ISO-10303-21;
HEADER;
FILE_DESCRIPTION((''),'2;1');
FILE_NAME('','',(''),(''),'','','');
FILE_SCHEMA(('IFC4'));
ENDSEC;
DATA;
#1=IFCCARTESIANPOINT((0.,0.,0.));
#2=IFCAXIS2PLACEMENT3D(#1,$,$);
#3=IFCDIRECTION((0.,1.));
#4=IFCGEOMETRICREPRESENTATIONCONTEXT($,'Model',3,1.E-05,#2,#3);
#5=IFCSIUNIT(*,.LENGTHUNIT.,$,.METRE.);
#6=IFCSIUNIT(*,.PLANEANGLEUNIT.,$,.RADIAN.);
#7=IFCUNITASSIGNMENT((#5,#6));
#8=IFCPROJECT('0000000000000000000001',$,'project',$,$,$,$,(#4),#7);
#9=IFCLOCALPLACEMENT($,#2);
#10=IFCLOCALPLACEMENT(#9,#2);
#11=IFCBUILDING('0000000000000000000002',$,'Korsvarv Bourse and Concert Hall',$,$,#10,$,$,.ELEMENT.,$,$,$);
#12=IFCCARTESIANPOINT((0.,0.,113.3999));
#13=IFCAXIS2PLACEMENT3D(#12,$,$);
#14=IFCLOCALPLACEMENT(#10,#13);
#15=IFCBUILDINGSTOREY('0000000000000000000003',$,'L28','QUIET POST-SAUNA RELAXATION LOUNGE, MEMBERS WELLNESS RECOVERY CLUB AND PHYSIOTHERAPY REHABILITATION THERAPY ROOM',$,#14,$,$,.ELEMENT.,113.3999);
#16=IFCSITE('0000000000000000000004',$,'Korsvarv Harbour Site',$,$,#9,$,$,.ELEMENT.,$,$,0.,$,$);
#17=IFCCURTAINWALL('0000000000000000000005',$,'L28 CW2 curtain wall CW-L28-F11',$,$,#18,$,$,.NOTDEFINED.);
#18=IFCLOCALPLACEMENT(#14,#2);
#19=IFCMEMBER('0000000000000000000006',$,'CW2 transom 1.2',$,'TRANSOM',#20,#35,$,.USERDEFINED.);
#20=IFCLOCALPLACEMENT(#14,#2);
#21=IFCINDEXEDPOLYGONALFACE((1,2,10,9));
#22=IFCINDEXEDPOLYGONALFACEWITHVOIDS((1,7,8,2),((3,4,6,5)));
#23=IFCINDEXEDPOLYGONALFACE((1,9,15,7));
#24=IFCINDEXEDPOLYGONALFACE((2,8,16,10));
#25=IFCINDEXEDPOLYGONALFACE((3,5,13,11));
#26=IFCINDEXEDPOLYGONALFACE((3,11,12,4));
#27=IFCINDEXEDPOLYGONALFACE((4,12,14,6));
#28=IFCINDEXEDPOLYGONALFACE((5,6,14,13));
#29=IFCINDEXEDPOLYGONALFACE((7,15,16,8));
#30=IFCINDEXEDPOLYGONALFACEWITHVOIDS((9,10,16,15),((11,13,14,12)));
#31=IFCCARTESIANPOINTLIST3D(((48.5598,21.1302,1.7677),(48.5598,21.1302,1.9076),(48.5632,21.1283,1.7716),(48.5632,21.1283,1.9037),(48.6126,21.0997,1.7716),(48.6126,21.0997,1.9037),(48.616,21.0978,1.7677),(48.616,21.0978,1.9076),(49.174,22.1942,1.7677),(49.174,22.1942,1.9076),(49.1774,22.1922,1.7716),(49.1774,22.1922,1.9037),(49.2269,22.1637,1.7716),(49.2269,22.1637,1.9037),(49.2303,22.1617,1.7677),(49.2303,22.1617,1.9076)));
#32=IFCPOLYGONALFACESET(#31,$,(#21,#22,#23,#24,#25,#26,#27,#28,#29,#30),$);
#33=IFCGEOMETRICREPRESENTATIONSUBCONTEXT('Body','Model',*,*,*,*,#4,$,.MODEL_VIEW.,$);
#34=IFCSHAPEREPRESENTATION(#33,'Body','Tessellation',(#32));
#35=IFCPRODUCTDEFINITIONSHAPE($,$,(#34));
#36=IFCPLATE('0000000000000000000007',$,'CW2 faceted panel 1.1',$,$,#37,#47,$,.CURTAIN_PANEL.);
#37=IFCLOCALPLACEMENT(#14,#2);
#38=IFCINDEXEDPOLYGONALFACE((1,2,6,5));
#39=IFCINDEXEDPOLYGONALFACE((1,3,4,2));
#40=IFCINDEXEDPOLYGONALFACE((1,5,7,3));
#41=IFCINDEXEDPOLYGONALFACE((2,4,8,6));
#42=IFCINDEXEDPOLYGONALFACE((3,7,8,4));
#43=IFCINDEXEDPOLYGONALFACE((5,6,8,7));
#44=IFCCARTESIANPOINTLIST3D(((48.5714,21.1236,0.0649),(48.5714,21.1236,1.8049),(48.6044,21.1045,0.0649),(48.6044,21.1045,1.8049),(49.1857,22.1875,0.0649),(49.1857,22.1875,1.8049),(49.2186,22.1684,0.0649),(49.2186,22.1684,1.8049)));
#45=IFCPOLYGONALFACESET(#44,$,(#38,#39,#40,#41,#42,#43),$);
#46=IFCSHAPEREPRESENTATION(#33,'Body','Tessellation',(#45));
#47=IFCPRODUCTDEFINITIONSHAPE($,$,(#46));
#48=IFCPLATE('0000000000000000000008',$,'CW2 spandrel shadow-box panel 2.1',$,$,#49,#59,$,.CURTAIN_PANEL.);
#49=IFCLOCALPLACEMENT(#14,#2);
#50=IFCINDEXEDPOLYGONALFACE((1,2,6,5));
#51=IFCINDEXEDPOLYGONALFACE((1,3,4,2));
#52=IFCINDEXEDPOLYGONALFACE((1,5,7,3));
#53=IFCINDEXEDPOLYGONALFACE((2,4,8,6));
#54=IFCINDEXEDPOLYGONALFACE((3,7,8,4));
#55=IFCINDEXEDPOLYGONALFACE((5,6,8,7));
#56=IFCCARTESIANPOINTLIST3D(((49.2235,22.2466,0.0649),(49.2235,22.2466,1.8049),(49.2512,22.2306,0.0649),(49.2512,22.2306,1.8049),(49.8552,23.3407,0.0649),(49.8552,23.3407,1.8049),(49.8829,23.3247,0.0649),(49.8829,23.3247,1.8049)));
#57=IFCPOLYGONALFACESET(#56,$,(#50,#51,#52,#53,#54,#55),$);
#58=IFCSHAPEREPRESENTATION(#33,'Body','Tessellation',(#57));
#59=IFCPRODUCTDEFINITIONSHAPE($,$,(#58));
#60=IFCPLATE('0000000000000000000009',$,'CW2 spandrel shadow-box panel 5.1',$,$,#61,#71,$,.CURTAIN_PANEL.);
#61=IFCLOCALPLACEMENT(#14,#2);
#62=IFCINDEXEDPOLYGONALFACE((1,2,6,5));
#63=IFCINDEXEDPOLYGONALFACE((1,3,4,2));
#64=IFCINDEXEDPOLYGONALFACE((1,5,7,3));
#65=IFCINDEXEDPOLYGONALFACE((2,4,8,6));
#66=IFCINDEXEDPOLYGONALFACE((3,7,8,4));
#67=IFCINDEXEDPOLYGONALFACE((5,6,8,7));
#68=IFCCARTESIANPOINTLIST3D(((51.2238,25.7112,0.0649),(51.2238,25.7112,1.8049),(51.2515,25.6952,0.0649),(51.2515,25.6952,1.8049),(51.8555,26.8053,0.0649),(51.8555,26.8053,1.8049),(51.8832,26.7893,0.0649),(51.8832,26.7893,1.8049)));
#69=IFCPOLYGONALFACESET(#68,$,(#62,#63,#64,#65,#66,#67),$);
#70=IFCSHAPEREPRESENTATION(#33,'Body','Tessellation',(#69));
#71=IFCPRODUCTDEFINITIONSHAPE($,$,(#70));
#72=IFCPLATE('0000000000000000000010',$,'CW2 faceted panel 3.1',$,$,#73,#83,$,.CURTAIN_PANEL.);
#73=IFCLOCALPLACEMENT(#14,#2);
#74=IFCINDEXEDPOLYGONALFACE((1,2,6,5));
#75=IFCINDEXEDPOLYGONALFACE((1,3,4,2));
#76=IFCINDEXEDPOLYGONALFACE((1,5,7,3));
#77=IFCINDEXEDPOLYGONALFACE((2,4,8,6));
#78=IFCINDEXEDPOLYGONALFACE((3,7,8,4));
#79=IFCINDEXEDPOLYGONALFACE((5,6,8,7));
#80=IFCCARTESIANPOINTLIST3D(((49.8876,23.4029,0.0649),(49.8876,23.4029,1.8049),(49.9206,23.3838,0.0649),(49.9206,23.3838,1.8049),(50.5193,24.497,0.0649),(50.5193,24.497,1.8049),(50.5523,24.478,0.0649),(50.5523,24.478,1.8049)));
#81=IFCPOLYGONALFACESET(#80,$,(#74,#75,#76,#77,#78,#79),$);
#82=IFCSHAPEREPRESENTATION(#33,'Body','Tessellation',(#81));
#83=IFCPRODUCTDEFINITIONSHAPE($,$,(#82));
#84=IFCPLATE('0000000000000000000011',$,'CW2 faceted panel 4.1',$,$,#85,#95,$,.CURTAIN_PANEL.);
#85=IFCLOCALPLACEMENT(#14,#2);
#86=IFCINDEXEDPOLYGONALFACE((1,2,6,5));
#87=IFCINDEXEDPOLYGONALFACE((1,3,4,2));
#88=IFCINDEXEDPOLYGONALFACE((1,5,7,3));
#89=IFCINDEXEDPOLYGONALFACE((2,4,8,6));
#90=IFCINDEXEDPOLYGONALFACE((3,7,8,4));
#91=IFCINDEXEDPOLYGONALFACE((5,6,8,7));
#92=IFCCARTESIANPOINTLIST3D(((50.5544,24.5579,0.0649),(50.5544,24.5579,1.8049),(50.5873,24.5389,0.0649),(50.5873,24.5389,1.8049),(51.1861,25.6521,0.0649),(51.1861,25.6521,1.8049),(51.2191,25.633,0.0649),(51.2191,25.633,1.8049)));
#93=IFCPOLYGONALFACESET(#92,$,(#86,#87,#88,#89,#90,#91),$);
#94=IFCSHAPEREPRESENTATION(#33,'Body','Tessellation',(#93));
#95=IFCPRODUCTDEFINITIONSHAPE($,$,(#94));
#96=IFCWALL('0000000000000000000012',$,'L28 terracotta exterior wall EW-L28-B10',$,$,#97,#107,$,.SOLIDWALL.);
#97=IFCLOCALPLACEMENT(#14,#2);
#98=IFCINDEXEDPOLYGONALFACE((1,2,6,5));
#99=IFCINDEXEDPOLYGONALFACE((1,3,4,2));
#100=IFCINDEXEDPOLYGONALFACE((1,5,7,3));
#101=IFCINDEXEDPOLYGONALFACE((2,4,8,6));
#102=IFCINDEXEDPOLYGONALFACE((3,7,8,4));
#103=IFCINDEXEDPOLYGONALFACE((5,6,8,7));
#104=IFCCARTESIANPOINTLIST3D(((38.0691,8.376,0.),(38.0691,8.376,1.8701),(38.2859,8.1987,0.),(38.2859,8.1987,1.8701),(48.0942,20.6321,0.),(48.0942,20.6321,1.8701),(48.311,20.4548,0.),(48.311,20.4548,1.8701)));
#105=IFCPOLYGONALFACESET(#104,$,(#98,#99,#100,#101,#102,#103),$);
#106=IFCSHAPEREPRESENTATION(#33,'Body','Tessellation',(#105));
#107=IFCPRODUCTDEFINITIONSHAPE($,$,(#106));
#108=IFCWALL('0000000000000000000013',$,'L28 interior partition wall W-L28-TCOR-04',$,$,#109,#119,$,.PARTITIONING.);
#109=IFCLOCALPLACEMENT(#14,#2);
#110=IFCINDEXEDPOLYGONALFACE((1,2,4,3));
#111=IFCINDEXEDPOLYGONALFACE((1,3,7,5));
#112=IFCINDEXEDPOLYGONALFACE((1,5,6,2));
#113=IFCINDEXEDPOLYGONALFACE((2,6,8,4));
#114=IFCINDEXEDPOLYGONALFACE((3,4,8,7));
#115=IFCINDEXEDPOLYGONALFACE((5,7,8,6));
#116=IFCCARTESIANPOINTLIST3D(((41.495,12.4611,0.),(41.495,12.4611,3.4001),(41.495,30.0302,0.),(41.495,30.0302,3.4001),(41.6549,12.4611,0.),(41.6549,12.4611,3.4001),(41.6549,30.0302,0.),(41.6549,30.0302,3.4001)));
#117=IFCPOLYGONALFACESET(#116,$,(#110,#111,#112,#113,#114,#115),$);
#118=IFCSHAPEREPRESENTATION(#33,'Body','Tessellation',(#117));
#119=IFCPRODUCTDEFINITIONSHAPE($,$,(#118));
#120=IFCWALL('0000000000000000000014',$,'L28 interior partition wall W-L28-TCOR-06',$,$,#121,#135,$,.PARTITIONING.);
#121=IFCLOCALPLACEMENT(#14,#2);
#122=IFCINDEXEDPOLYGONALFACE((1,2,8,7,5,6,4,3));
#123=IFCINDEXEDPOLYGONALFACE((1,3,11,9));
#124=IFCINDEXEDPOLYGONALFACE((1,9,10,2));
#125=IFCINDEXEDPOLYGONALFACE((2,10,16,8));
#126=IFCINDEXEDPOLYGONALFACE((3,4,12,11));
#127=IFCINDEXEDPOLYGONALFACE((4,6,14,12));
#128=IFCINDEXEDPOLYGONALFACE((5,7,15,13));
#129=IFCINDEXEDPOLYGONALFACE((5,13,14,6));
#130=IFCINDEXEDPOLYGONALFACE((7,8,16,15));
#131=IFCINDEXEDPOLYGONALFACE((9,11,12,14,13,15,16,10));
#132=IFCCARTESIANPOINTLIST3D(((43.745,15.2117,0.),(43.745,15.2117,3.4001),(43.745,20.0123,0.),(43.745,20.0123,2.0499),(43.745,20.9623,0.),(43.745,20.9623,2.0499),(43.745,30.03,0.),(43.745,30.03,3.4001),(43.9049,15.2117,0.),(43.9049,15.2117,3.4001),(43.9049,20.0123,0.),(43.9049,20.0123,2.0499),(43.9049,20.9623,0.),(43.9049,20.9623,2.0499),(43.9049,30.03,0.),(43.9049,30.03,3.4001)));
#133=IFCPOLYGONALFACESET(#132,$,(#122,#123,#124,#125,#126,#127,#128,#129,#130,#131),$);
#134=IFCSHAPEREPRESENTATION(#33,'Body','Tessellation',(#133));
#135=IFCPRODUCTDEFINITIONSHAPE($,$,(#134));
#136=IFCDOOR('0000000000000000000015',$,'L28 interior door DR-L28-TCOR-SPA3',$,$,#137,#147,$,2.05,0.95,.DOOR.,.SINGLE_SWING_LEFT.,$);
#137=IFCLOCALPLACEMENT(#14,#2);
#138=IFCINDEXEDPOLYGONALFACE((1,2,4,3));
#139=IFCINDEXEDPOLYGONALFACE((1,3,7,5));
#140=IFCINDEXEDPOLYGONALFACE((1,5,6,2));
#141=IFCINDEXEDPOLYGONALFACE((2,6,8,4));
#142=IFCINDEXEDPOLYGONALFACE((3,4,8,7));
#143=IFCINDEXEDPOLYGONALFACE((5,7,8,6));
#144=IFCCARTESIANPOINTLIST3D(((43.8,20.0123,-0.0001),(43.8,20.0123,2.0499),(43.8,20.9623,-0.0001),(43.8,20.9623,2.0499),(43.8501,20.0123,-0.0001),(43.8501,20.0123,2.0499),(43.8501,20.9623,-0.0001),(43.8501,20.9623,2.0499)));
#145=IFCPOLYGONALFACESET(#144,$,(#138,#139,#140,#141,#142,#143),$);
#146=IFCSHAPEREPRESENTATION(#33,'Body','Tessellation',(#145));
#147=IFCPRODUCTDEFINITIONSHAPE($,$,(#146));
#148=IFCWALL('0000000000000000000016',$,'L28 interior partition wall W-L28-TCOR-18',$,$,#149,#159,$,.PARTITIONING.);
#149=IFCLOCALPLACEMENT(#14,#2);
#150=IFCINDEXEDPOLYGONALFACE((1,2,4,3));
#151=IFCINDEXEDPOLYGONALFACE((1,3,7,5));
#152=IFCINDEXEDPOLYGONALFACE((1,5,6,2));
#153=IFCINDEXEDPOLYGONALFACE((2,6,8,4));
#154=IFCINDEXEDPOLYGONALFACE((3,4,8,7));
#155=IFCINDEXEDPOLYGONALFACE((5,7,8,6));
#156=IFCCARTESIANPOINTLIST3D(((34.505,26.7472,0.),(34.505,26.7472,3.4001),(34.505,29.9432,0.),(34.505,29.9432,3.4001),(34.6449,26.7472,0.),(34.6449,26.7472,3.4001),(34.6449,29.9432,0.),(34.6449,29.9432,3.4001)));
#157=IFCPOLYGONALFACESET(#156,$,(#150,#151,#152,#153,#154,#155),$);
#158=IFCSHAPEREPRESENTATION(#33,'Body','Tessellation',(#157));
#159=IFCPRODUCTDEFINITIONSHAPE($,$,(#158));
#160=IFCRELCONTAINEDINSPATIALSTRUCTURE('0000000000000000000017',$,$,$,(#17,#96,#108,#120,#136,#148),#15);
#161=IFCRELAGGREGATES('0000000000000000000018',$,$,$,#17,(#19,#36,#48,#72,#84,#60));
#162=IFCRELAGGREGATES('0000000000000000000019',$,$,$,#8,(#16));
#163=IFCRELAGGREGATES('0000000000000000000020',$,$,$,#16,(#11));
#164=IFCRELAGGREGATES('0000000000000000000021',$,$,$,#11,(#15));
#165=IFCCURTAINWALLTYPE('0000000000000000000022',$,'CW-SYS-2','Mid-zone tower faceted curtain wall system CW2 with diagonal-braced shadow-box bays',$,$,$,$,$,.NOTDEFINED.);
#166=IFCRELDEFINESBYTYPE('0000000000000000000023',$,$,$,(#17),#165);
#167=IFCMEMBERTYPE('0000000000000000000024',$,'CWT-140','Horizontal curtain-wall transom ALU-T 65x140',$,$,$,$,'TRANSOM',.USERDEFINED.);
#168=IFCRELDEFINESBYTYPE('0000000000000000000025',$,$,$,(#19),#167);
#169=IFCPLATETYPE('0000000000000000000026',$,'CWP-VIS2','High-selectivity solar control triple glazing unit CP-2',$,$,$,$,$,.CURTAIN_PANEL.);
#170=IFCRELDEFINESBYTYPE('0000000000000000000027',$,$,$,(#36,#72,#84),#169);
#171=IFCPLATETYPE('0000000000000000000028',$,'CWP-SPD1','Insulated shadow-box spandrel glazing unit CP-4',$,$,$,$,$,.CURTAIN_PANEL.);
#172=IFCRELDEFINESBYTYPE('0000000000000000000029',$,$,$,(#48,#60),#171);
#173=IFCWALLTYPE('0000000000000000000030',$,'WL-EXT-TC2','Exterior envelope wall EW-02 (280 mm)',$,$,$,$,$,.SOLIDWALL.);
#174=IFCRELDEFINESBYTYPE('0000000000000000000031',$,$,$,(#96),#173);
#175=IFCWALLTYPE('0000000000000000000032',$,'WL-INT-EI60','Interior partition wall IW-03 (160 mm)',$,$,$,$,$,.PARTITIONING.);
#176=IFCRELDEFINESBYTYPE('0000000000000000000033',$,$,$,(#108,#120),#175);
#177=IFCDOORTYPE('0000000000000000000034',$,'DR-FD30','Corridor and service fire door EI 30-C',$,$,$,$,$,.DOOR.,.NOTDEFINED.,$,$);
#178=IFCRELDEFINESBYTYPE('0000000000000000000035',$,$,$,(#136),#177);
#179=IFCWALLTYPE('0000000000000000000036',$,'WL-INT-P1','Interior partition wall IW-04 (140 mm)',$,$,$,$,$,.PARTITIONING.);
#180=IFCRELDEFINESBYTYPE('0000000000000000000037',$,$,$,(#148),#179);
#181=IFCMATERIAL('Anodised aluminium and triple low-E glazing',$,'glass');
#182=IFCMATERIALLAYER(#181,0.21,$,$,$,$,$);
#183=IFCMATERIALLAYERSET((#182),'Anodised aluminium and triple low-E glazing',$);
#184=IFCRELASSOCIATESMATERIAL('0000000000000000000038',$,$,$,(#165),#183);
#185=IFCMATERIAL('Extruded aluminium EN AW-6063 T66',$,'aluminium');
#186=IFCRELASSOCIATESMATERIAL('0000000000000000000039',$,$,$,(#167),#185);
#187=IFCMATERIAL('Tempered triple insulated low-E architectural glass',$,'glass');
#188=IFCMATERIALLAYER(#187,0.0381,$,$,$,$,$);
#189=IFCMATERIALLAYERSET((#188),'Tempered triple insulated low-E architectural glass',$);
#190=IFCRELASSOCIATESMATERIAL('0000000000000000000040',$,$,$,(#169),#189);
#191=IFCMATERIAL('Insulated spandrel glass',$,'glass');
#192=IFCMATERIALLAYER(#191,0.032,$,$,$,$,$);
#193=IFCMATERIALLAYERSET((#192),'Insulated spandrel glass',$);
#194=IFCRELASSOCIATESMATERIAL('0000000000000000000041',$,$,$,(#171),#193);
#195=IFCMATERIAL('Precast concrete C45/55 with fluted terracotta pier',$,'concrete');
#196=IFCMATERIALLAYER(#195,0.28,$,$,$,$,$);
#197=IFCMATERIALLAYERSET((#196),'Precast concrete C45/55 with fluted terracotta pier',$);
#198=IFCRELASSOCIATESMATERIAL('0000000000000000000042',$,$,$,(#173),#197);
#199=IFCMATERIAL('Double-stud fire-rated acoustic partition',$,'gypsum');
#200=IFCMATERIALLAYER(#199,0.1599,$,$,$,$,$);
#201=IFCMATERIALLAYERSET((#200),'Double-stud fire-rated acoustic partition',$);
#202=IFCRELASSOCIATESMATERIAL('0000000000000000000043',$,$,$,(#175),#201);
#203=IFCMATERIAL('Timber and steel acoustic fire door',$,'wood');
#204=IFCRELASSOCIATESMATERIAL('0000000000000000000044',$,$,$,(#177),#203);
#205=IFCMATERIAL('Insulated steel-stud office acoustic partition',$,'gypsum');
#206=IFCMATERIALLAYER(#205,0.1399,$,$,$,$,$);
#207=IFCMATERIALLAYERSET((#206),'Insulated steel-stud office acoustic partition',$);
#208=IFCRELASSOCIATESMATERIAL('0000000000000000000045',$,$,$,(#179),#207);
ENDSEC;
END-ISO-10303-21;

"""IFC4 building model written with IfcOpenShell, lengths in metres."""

from ifc_helpers import new_model, si_unit, direction, frame, frame_2d, origin, origin_2d, place, context, subcontext, project, spatial, rectangle, hollow_rectangle, extrude, source, transform, mapped, material, layer, layer_set, material_profile, profile_set, type_object, element, fill, aggregate, save


model = new_model("IFC4")

# Units and contexts
model_context = context("Model", 3, precision=1e-05, world=origin(), true_north=direction((0.0, 1.0)))
body_context = subcontext(model_context, "Body", "Model", "MODEL_VIEW")
ifc_project = project(units=[si_unit("LENGTHUNIT", "METRE"), si_unit("PLANEANGLEUNIT", "RADIAN")], contexts=[model_context])

# Site, building, storey
site_placement = place(None, origin())
site = spatial("IfcSite", under=ifc_project, at=site_placement, Name="Korsvarv Harbour Site", CompositionType="ELEMENT", RefElevation=0.0)
building_placement = place(site_placement, origin())
building = spatial("IfcBuilding", under=site, at=building_placement, Name="Korsvarv Bourse and Concert Hall", CompositionType="ELEMENT")
storey_placement = place(building_placement, frame((0.0, 0.0, 113.3999)))
storey = spatial("IfcBuildingStorey", under=building, at=storey_placement, Name="L28", Description="QUIET POST-SAUNA RELAXATION LOUNGE, MEMBERS WELLNESS RECOVERY CLUB AND PHYSIOTHERAPY REHABILITATION THERAPY ROOM", CompositionType="ELEMENT", Elevation=113.3999)

# Curtain wall, member, plates
ifc_material_1 = material(Name="Anodised aluminium and triple low-E glazing", Category="glass")
ifc_layer_1 = layer(ifc_material_1, 0.21)
ifc_layer_set_1 = layer_set([ifc_layer_1], Name="Anodised aluminium and triple low-E glazing")
curtain_wall_type = type_object("IfcCurtainWallType", Name="CW-SYS-2", Description="Mid-zone tower faceted curtain wall system CW2 with diagonal-braced shadow-box bays", PredefinedType="NOTDEFINED", material=ifc_layer_set_1)
curtain_wall_placement = place(storey_placement, origin())
curtain_wall = element("IfcCurtainWall", 1, at=curtain_wall_placement, inside=storey, type_object=curtain_wall_type, Name="L28 CW2 curtain wall CW-L28-F11", PredefinedType="NOTDEFINED")
ifc_material_2 = material(Name="Extruded aluminium EN AW-6063 T66", Category="aluminium")
ifc_material_profile_1 = material_profile(ifc_material_2, hollow_rectangle(XDim=0.0649, YDim=0.1399, WallThickness=0.0039, at=origin_2d()), Name="ALU-T 65x140")
ifc_profile_set_1 = profile_set([ifc_material_profile_1], Name="Extruded aluminium EN AW-6063 T66")
member_type_1 = type_object("IfcMemberType", Name="CWT-140", Description="Horizontal curtain-wall transom ALU-T 65x140", ElementType="TRANSOM", PredefinedType="USERDEFINED", material=ifc_profile_set_1)
shared_shape_1 = source(origin(), body_context, "Body", "SweptSolid", [
    extrude(hollow_rectangle(XDim=0.0649, YDim=0.1399, WallThickness=0.0039, at=origin_2d()), origin(), (0.0, 0.0, 1.0), 1.2285),
])
member_1_placement = place(storey_placement, frame((48.5879, 21.114, 1.8376), z_axis=(0.499986, 0.866033, 0.0), x_axis=(-0.866033, 0.499986, 0.0)))
member_1 = element("IfcMember", 2, at=member_1_placement, type_object=member_type_1, Name="CW2 transom 1.2", ObjectType="TRANSOM", PredefinedType="USERDEFINED", context=body_context, shape_type="MappedRepresentation", body=[
    mapped(shared_shape_1, transform((0.0, 0.0, 0.0), scale=1.0)),
])
ifc_material_3 = material(Name="Tempered triple insulated low-E architectural glass", Category="glass")
ifc_layer_2 = layer(ifc_material_3, 0.0381)
ifc_layer_set_2 = layer_set([ifc_layer_2], Name="Tempered triple insulated low-E architectural glass")
plate_type_1 = type_object("IfcPlateType", Name="CWP-VIS2", Description="High-selectivity solar control triple glazing unit CP-2", PredefinedType="CURTAIN_PANEL", material=ifc_layer_set_2)
shared_shape_2 = source(origin(), body_context, "Body", "SweptSolid", [
    extrude(rectangle(XDim=1.2285, YDim=0.0381, at=origin_2d()), origin(), (0.0, 0.0, 1.0), 1.74),
])
plate_1_placement = place(storey_placement, frame((48.895, 21.646, 0.0649), z_axis=(0.0, 0.0, 1.0), x_axis=(0.500006, 0.866022, 0.0)))
plate_1 = element("IfcPlate", 3, at=plate_1_placement, type_object=plate_type_1, Name="CW2 faceted panel 1.1", PredefinedType="CURTAIN_PANEL", context=body_context, shape_type="MappedRepresentation", body=[
    mapped(shared_shape_2, transform((0.0, 0.0, 0.0), scale=1.0)),
])
ifc_material_4 = material(Name="Insulated spandrel glass", Category="glass")
ifc_layer_3 = layer(ifc_material_4, 0.032)
ifc_layer_set_3 = layer_set([ifc_layer_3], Name="Insulated spandrel glass")
plate_type_2 = type_object("IfcPlateType", Name="CWP-SPD1", Description="Insulated shadow-box spandrel glazing unit CP-4", PredefinedType="CURTAIN_PANEL", material=ifc_layer_set_3)
shared_shape_3 = source(origin(), body_context, "Body", "SweptSolid", [
    extrude(rectangle(XDim=1.2634, YDim=0.032, at=origin_2d()), origin(), (0.0, 0.0, 1.0), 1.74),
])
plate_2_placement = place(storey_placement, frame((49.5532, 22.7856, 0.0649), z_axis=(0.0, 0.0, 1.0), x_axis=(0.500006, 0.866022, 0.0)))
plate_2 = element("IfcPlate", 4, at=plate_2_placement, type_object=plate_type_2, Name="CW2 spandrel shadow-box panel 2.1", PredefinedType="CURTAIN_PANEL", context=body_context, shape_type="MappedRepresentation", body=[
    mapped(shared_shape_3, transform((0.0, 0.0, 0.0), scale=1.0)),
])
plate_3_placement = place(storey_placement, frame((51.5535, 26.2502, 0.0649), z_axis=(0.0, 0.0, 1.0), x_axis=(0.500006, 0.866022, 0.0)))
plate_3 = element("IfcPlate", 5, at=plate_3_placement, type_object=plate_type_2, Name="CW2 spandrel shadow-box panel 5.1", PredefinedType="CURTAIN_PANEL", context=body_context, shape_type="MappedRepresentation", body=[
    mapped(shared_shape_3, transform((0.0, 0.0, 0.0), scale=1.0)),
])
shared_shape_4 = source(origin(), body_context, "Body", "SweptSolid", [
    extrude(rectangle(XDim=1.2634, YDim=0.0381, at=origin_2d()), origin(), (0.0, 0.0, 1.0), 1.74),
])
plate_4_placement = place(storey_placement, frame((50.22, 23.9404, 0.0649), z_axis=(0.0, 0.0, 1.0), x_axis=(0.500006, 0.866022, 0.0)))
plate_4 = element("IfcPlate", 6, at=plate_4_placement, type_object=plate_type_1, Name="CW2 faceted panel 3.1", PredefinedType="CURTAIN_PANEL", context=body_context, shape_type="MappedRepresentation", body=[
    mapped(shared_shape_4, transform((0.0, 0.0, 0.0), scale=1.0)),
])
plate_5_placement = place(storey_placement, frame((50.8867, 25.0955, 0.0649), z_axis=(0.0, 0.0, 1.0), x_axis=(0.500006, 0.866022, 0.0)))
plate_5 = element("IfcPlate", 7, at=plate_5_placement, type_object=plate_type_1, Name="CW2 faceted panel 4.1", PredefinedType="CURTAIN_PANEL", context=body_context, shape_type="MappedRepresentation", body=[
    mapped(shared_shape_4, transform((0.0, 0.0, 0.0), scale=1.0)),
])
aggregate(curtain_wall, [member_1, plate_1, plate_2, plate_4, plate_5, plate_3])

# Walls
ifc_material_5 = material(Name="Precast concrete C45/55 with fluted terracotta pier", Category="concrete")
ifc_layer_4 = layer(ifc_material_5, 0.28)
ifc_layer_set_4 = layer_set([ifc_layer_4], Name="Precast concrete C45/55 with fluted terracotta pier")
wall_type_1 = type_object("IfcWallType", Name="WL-EXT-TC2", Description="Exterior envelope wall EW-02 (280 mm)", PredefinedType="SOLIDWALL", material=ifc_layer_set_4)
wall_1_placement = place(storey_placement, frame((38.1775, 8.2874, 0.0), z_axis=(0.0, 0.0, 1.0), x_axis=(0.63314, 0.774037, 0.0)))
element("IfcWall", 8, at=wall_1_placement, inside=storey, type_object=wall_type_1, Name="L28 terracotta exterior wall EW-L28-B10", PredefinedType="SOLIDWALL", context=body_context, shape_type="SweptSolid", body=[
    extrude(rectangle(XDim=15.834, YDim=0.28, at=frame_2d((7.917, 0.0))), origin(), (0.0, 0.0, 1.0), 1.8701),
])
ifc_material_6 = material(Name="Double-stud fire-rated acoustic partition", Category="gypsum")
ifc_layer_5 = layer(ifc_material_6, 0.1599)
ifc_layer_set_5 = layer_set([ifc_layer_5], Name="Double-stud fire-rated acoustic partition")
wall_type_2 = type_object("IfcWallType", Name="WL-INT-EI60", Description="Interior partition wall IW-03 (160 mm)", PredefinedType="PARTITIONING", material=ifc_layer_set_5)
wall_2_placement = place(storey_placement, frame((41.575, 12.4609, 0.0), z_axis=(0.0, 0.0, 1.0), x_axis=(0.0, 1.0, 0.0)))
element("IfcWall", 9, at=wall_2_placement, inside=storey, type_object=wall_type_2, Name="L28 interior partition wall W-L28-TCOR-04", PredefinedType="PARTITIONING", context=body_context, shape_type="SweptSolid", body=[
    extrude(rectangle(XDim=17.5691, YDim=0.1599, at=frame_2d((8.7847, 0.0))), origin(), (0.0, 0.0, 1.0), 3.4001),
])

# Wall, opening, door
wall_3_placement = place(storey_placement, frame((43.825, 15.2117, 0.0), z_axis=(0.0, 0.0, 1.0), x_axis=(0.0, 1.0, 0.0)))
wall_3 = element("IfcWall", 10, at=wall_3_placement, inside=storey, type_object=wall_type_2, Name="L28 interior partition wall W-L28-TCOR-06", PredefinedType="PARTITIONING", context=body_context, shape_type="SweptSolid", body=[
    extrude(rectangle(XDim=14.8184, YDim=0.1599, at=frame_2d((7.4092, 0.0))), origin(), (0.0, 0.0, 1.0), 3.4001),
])
opening_placement = place(wall_3_placement, frame((4.8005, 0.0, 0.0)))
opening = element("IfcOpeningElement", 11, at=opening_placement, cuts=wall_3, PredefinedType="OPENING", context=body_context, shape_type="SweptSolid", body=[
    extrude(rectangle(XDim=0.95, YDim=2.05, at=frame_2d((0.4751, 1.0249))), frame((0.0, 0.0898, 0.0), z_axis=(0.0, -1.0, 0.0), x_axis=(1.0, 0.0, 0.0)), (0.0, 0.0, 1.0), 0.1799),
])
ifc_material_7 = material(Name="Timber and steel acoustic fire door", Category="wood")
door_type = type_object("IfcDoorType", Name="DR-FD30", Description="Corridor and service fire door EI 30-C", OperationType="NOTDEFINED", PredefinedType="DOOR", material=ifc_material_7)
door_placement = place(opening_placement, origin())
door = element("IfcDoor", 12, at=door_placement, inside=storey, type_object=door_type, Name="L28 interior door DR-L28-TCOR-SPA3", OperationType="SINGLE_SWING_LEFT", OverallHeight=2.05, OverallWidth=0.95, PredefinedType="DOOR", context=body_context, shape_type="SweptSolid", body=[
    extrude(rectangle(XDim=0.95, YDim=2.05, at=frame_2d((0.4751, 1.0249))), frame((0.0, 0.0249, 0.0), z_axis=(0.0, -1.0, 0.0), x_axis=(1.0, 0.0, 0.0)), (0.0, 0.0, 1.0), 0.05),
])
fill(opening, door)

# Wall
ifc_material_8 = material(Name="Insulated steel-stud office acoustic partition", Category="gypsum")
ifc_layer_6 = layer(ifc_material_8, 0.1399)
ifc_layer_set_6 = layer_set([ifc_layer_6], Name="Insulated steel-stud office acoustic partition")
wall_type_3 = type_object("IfcWallType", Name="WL-INT-P1", Description="Interior partition wall IW-04 (140 mm)", PredefinedType="PARTITIONING", material=ifc_layer_set_6)
wall_4_placement = place(storey_placement, frame((34.575, 26.7471, 0.0), z_axis=(0.0, 0.0, 1.0), x_axis=(0.0, 1.0, 0.0)))
element("IfcWall", 13, at=wall_4_placement, inside=storey, type_object=wall_type_3, Name="L28 interior partition wall W-L28-TCOR-18", PredefinedType="PARTITIONING", context=body_context, shape_type="SweptSolid", body=[
    extrude(rectangle(XDim=3.196, YDim=0.1399, at=frame_2d((1.5981, 0.0))), origin(), (0.0, 0.0, 1.0), 3.4001),
])

save(model, "model.ifc")
